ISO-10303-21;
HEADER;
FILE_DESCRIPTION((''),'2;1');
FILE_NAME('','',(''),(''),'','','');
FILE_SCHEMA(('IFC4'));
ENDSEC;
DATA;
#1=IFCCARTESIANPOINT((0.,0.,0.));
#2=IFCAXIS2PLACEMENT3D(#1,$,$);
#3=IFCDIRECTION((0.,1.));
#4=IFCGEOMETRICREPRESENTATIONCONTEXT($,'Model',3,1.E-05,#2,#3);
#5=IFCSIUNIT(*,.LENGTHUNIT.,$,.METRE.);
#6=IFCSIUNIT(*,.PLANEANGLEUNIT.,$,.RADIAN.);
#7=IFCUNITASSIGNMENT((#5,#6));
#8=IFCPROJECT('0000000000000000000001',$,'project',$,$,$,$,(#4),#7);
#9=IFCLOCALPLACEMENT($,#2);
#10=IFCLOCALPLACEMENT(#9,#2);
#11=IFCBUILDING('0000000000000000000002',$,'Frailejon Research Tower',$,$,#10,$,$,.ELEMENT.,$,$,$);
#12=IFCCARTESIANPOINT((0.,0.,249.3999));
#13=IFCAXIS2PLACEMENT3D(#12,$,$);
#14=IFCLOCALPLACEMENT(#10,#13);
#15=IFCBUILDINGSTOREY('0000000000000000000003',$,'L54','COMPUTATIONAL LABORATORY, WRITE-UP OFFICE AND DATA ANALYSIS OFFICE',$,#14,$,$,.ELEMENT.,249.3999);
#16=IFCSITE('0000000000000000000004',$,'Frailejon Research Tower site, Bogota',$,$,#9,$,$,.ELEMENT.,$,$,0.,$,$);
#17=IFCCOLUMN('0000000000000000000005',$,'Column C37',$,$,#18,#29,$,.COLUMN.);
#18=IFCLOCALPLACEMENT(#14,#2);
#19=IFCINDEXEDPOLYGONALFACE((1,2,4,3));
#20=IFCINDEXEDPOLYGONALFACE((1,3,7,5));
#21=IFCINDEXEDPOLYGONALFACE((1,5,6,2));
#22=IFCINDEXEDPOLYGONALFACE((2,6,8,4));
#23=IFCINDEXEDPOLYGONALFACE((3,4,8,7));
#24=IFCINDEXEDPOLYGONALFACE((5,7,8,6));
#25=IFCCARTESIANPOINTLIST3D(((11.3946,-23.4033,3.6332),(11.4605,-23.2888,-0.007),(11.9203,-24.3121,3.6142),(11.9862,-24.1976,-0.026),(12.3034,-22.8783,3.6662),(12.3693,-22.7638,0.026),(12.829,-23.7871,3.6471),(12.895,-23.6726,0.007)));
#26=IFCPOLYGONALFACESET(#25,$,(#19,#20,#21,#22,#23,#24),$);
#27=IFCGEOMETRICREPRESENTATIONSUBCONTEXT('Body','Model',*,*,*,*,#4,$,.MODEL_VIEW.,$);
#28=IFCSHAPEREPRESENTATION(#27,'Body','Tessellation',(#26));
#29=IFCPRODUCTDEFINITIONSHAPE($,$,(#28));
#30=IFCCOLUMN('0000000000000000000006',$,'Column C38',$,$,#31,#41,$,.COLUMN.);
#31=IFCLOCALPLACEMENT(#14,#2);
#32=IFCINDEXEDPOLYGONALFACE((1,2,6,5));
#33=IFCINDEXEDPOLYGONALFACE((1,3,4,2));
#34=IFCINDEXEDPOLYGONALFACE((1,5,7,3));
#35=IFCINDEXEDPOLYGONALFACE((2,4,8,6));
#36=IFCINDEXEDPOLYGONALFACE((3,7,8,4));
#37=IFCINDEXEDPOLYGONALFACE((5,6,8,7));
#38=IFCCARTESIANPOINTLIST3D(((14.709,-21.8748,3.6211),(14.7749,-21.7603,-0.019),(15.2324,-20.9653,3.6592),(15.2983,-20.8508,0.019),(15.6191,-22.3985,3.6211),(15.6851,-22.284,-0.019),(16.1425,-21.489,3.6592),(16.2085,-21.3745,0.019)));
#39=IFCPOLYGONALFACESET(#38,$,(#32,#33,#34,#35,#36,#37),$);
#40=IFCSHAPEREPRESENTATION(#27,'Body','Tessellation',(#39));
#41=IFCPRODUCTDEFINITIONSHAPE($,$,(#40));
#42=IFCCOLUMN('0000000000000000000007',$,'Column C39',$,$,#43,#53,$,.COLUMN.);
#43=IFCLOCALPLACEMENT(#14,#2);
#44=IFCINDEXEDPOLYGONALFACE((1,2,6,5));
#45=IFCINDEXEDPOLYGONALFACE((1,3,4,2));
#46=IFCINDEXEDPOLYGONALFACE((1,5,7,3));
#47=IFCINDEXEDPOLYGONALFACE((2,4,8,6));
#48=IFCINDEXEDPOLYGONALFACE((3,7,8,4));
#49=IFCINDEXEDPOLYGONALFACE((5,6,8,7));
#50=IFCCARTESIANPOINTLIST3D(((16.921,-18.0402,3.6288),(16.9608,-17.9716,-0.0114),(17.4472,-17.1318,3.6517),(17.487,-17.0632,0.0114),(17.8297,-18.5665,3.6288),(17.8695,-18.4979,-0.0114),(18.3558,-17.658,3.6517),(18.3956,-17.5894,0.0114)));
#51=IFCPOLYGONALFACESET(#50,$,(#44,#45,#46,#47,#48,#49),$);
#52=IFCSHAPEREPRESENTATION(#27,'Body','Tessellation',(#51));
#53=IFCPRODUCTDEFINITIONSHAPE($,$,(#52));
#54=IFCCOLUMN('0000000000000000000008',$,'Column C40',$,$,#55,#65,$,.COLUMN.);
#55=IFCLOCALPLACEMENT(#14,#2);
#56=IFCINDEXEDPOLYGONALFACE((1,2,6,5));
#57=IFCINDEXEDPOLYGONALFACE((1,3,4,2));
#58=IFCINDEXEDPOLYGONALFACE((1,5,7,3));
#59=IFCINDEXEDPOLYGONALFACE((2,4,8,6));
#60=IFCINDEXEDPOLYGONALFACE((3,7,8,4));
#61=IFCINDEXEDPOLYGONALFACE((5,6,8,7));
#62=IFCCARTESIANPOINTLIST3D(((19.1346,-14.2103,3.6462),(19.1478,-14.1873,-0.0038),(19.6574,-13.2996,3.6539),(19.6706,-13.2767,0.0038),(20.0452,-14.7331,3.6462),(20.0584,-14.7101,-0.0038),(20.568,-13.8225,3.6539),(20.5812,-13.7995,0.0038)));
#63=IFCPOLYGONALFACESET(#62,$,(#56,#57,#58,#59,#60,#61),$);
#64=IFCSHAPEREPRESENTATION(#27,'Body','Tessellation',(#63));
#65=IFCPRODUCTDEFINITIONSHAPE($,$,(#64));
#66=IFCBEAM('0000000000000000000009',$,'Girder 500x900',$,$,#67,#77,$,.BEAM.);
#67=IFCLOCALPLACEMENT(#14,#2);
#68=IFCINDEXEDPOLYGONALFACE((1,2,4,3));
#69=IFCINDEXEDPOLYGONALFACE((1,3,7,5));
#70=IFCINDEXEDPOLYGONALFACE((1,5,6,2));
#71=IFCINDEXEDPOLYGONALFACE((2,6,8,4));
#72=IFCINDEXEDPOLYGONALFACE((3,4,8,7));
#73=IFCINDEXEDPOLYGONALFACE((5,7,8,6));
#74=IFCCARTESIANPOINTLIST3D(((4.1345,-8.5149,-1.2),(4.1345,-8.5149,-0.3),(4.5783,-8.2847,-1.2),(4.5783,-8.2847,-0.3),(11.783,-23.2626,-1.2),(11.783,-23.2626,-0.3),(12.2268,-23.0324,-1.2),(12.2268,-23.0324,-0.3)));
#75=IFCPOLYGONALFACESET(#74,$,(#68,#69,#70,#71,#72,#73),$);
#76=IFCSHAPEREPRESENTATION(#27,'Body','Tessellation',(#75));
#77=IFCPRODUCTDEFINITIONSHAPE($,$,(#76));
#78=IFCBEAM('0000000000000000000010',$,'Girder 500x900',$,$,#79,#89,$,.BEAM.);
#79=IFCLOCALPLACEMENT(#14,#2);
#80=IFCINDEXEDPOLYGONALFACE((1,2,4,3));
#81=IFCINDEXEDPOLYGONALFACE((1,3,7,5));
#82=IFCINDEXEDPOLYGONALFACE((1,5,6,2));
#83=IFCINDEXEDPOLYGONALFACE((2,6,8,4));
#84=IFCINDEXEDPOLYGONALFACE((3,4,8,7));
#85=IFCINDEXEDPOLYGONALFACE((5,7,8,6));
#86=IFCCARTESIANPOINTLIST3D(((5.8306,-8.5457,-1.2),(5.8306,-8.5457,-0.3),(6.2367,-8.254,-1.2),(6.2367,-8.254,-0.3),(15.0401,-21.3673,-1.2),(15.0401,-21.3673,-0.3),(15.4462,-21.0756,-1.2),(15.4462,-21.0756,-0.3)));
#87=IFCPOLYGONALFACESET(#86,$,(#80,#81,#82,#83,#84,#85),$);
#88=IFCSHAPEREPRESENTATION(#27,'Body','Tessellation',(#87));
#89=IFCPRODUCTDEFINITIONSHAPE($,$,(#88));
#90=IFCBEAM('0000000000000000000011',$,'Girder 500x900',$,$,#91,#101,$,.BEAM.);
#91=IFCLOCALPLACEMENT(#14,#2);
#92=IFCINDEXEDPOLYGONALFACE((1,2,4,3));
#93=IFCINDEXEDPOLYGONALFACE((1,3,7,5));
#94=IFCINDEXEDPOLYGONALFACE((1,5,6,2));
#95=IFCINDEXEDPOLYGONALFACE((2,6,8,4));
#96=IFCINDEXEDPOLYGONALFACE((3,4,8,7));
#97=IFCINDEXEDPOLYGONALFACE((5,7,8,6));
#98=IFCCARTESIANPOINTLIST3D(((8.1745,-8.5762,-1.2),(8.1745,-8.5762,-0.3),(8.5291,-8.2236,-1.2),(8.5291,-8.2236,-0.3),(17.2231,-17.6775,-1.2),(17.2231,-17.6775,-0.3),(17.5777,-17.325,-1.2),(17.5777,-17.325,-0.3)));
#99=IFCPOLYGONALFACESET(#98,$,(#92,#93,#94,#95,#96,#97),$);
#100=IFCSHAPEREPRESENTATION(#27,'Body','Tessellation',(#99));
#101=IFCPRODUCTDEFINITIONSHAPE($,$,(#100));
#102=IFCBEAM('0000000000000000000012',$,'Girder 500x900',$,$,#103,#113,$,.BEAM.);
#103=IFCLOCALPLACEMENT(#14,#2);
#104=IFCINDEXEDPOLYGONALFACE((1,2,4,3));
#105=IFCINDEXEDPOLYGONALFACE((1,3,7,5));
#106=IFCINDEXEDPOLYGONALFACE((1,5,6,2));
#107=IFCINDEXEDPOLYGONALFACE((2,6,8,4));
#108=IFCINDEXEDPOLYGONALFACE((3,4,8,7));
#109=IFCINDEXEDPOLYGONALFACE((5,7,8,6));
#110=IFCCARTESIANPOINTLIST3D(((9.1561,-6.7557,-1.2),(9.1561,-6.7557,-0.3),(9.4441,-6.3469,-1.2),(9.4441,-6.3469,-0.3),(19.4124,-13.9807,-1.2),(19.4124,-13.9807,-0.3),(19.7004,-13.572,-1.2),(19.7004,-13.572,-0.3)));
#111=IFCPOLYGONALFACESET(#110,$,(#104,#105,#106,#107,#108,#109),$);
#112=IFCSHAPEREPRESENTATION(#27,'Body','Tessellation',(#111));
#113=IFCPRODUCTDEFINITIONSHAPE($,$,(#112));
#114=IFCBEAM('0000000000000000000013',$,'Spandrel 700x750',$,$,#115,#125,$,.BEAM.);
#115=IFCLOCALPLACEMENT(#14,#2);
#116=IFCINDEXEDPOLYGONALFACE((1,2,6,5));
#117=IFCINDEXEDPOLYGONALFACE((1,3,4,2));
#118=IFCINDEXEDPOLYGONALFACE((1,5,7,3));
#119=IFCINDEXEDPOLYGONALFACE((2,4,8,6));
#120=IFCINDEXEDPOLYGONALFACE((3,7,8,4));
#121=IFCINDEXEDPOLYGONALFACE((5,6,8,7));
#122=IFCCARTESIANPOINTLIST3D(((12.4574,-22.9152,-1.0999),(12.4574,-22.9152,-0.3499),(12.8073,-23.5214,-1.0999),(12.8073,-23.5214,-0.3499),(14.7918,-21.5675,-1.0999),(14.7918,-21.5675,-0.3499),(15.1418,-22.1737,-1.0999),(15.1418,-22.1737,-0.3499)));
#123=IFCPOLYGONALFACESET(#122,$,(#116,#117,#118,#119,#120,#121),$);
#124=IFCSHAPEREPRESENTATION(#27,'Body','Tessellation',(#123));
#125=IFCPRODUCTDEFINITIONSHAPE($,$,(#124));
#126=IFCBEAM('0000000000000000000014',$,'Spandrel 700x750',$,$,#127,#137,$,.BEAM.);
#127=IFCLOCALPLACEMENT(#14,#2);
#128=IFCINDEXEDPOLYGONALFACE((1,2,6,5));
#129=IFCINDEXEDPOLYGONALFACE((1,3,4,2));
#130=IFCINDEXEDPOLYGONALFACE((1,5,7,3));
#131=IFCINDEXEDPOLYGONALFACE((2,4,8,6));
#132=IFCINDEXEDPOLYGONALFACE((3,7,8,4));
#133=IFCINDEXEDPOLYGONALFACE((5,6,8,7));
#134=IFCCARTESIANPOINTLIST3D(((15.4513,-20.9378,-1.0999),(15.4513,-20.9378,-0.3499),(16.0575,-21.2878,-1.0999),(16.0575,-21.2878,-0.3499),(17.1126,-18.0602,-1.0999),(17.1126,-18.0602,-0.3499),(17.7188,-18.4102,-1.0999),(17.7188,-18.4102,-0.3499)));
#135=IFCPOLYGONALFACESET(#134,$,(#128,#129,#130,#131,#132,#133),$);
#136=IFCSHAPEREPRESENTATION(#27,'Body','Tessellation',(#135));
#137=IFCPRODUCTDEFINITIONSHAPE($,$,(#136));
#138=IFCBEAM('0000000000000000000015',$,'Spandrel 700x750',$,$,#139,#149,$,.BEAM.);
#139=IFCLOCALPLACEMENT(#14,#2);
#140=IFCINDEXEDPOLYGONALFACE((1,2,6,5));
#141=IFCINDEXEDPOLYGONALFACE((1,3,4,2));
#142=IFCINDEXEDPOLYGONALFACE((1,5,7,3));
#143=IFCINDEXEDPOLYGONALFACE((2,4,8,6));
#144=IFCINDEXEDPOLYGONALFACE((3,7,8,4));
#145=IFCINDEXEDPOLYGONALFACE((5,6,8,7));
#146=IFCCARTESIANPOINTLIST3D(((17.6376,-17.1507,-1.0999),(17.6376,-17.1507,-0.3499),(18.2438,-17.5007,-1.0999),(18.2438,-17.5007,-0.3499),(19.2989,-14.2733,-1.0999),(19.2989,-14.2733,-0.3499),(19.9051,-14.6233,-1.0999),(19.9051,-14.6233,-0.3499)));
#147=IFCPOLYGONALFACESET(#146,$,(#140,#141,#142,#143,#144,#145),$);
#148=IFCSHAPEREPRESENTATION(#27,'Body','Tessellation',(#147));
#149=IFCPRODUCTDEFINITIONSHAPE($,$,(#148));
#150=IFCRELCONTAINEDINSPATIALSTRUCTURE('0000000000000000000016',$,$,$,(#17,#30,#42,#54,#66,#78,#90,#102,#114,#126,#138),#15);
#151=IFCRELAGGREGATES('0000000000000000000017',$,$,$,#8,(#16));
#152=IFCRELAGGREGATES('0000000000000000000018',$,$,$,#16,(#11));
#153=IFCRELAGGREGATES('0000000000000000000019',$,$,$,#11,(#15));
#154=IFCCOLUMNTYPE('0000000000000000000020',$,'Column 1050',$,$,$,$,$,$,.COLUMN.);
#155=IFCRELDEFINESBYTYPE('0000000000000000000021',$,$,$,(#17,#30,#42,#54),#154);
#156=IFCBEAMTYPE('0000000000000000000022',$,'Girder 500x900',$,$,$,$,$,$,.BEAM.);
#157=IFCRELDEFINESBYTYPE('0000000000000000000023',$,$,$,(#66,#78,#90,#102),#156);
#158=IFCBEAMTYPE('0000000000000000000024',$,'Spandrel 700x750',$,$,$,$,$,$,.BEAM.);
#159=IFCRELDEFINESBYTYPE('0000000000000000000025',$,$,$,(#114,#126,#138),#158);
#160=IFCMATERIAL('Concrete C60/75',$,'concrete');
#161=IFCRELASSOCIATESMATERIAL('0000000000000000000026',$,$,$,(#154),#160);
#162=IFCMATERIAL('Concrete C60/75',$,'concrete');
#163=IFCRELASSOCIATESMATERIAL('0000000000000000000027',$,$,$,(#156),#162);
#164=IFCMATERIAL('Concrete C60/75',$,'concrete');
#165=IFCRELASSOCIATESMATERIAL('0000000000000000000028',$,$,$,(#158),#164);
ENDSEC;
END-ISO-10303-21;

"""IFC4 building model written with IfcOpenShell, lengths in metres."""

from ifc_helpers import new_model, si_unit, direction, frame, origin, origin_2d, place, context, subcontext, project, spatial, rectangle, extrude, material, material_profile, profile_set, type_object, element, save


model = new_model("IFC4")

# Units and contexts
model_context = context("Model", 3, precision=1e-05, world=origin(), true_north=direction((0.0, 1.0)))
body_context = subcontext(model_context, "Body", "Model", "MODEL_VIEW")
ifc_project = project(units=[si_unit("LENGTHUNIT", "METRE"), si_unit("PLANEANGLEUNIT", "RADIAN")], contexts=[model_context])

# Site, building, storey
site_placement = place(None, origin())
site = spatial("IfcSite", under=ifc_project, at=site_placement, Name="Frailejon Research Tower site, Bogota", CompositionType="ELEMENT", RefElevation=0.0)
building_placement = place(site_placement, origin())
building = spatial("IfcBuilding", under=site, at=building_placement, Name="Frailejon Research Tower", CompositionType="ELEMENT")
storey_placement = place(building_placement, frame((0.0, 0.0, 249.3999)))
storey = spatial("IfcBuildingStorey", under=building, at=storey_placement, Name="L54", Description="COMPUTATIONAL LABORATORY, WRITE-UP OFFICE AND DATA ANALYSIS OFFICE", CompositionType="ELEMENT", Elevation=249.3999)

# Columns
ifc_material_1 = material(Name="Concrete C60/75", Category="concrete")
ifc_material_profile_1 = material_profile(ifc_material_1, rectangle(XDim=1.05, YDim=1.05, at=origin_2d()), Name="Column 1050")
ifc_profile_set_1 = profile_set([ifc_material_profile_1], Name="Concrete C60/75")
column_type = type_object("IfcColumnType", Name="Column 1050", PredefinedType="COLUMN", material=ifc_profile_set_1)
for number, where, z_axis, x_axis, name in (
    (1, (12.1777, -23.4807, 0.0), (-0.018097, -0.031435, 0.999342), (0.86548, 0.499959, 0.031399), "Column C37"),
    (2, (15.4917, -21.5674, 0.0), (-0.018097, -0.031435, 0.999342), (0.498453, 0.866157, 0.036272), "Column C38"),
):
    element("IfcColumn", number, at=place(storey_placement, frame(where, z_axis=z_axis, x_axis=x_axis)), inside=storey, type_object=column_type, Name=name, PredefinedType="COLUMN", context=body_context, shape_type="SweptSolid", body=[
        extrude(rectangle(XDim=1.05, YDim=1.05, at=origin_2d()), origin(), (0.0, 0.0, 1.0), 3.6426),
    ])
column_1_placement = place(storey_placement, frame((17.6782, -17.7805, 0.0), z_axis=(-0.01093, -0.018842, 0.999763), x_axis=(0.501062, 0.865137, 0.021782)))
element("IfcColumn", 3, at=column_1_placement, inside=storey, type_object=column_type, Name="Column C39", PredefinedType="COLUMN", context=body_context, shape_type="SweptSolid", body=[
    extrude(rectangle(XDim=1.05, YDim=1.05, at=origin_2d()), origin(), (0.0, 0.0, 1.0), 3.6411),
])
column_2_placement = place(storey_placement, frame((19.8645, -13.9934, 0.0), z_axis=(-0.003612, -0.006287, 0.999974), x_axis=(0.49789, 0.86721, 0.007251)))
element("IfcColumn", 4, at=column_2_placement, inside=storey, type_object=column_type, Name="Column C40", PredefinedType="COLUMN", context=body_context, shape_type="SweptSolid", body=[
    extrude(rectangle(XDim=1.05, YDim=1.05, at=origin_2d()), origin(), (0.0, 0.0, 1.0), 3.6501),
])

# Beams
ifc_material_2 = material(Name="Concrete C60/75", Category="concrete")
ifc_material_profile_2 = material_profile(ifc_material_2, rectangle(XDim=0.5, YDim=0.8999, at=origin_2d()), Name="Girder 500x900")
ifc_profile_set_2 = profile_set([ifc_material_profile_2], Name="Concrete C60/75")
beam_type_1 = type_object("IfcBeamType", Name="Girder 500x900", PredefinedType="BEAM", material=ifc_profile_set_2)
beam_1_placement = place(storey_placement, frame((12.0049, -23.1475, -0.75), z_axis=(-0.460391, 0.887716, 0.0), x_axis=(-0.887716, -0.460391, 0.0)))
element("IfcBeam", 5, at=beam_1_placement, inside=storey, type_object=beam_type_1, Name="Girder 500x900", PredefinedType="BEAM", context=body_context, shape_type="SweptSolid", body=[
    extrude(rectangle(XDim=0.5, YDim=0.8999, at=origin_2d()), origin(), (0.0, 0.0, 1.0), 16.613),
])
beam_2_placement = place(storey_placement, frame((15.2432, -21.2214, -0.75), z_axis=(-0.583385, 0.812196, 0.0), x_axis=(-0.812196, -0.583385, 0.0)))
element("IfcBeam", 6, at=beam_2_placement, inside=storey, type_object=beam_type_1, Name="Girder 500x900", PredefinedType="BEAM", context=body_context, shape_type="SweptSolid", body=[
    extrude(rectangle(XDim=0.5, YDim=0.8999, at=origin_2d()), origin(), (0.0, 0.0, 1.0), 15.7864),
])
beam_3_placement = place(storey_placement, frame((17.4004, -17.5012, -0.75), z_axis=(-0.705049, 0.709158, 0.0), x_axis=(-0.709158, -0.705049, 0.0)))
element("IfcBeam", 7, at=beam_3_placement, inside=storey, type_object=beam_type_1, Name="Girder 500x900", PredefinedType="BEAM", context=body_context, shape_type="SweptSolid", body=[
    extrude(rectangle(XDim=0.5, YDim=0.8999, at=origin_2d()), origin(), (0.0, 0.0, 1.0), 12.834),
])
beam_4_placement = place(storey_placement, frame((19.5564, -13.7764, -0.75), z_axis=(-0.817519, 0.575902, 0.0), x_axis=(-0.575902, -0.817519, 0.0)))
element("IfcBeam", 8, at=beam_4_placement, inside=storey, type_object=beam_type_1, Name="Girder 500x900", PredefinedType="BEAM", context=body_context, shape_type="SweptSolid", body=[
    extrude(rectangle(XDim=0.5, YDim=0.8999, at=origin_2d()), origin(), (0.0, 0.0, 1.0), 12.5457),
])
ifc_material_3 = material(Name="Concrete C60/75", Category="concrete")
ifc_material_profile_3 = material_profile(ifc_material_3, rectangle(XDim=0.7, YDim=0.75, at=origin_2d()), Name="Spandrel 700x750")
ifc_profile_set_3 = profile_set([ifc_material_profile_3], Name="Concrete C60/75")
beam_type_2 = type_object("IfcBeamType", Name="Spandrel 700x750", PredefinedType="BEAM", material=ifc_profile_set_3)
beam_5_placement = place(storey_placement, frame((12.6323, -23.2183, -0.7249), z_axis=(0.86605, 0.499958, 0.0), x_axis=(-0.499958, 0.86605, 0.0)))
element("IfcBeam", 9, at=beam_5_placement, inside=storey, type_object=beam_type_2, Name="Spandrel 700x750", PredefinedType="BEAM", context=body_context, shape_type="SweptSolid", body=[
    extrude(rectangle(XDim=0.7, YDim=0.75, at=origin_2d()), origin(), (0.0, 0.0, 1.0), 2.6956),
])
beam_6_placement = place(storey_placement, frame((15.7544, -21.1128, -0.7249), z_axis=(0.499987, 0.866033, 0.0), x_axis=(-0.866033, 0.499987, 0.0)))
element("IfcBeam", 10, at=beam_6_placement, inside=storey, type_object=beam_type_2, Name="Spandrel 700x750", PredefinedType="BEAM", context=body_context, shape_type="SweptSolid", body=[
    extrude(rectangle(XDim=0.7, YDim=0.75, at=origin_2d()), origin(), (0.0, 0.0, 1.0), 3.3228),
])
beam_7_placement = place(storey_placement, frame((17.9407, -17.3257, -0.7249), z_axis=(0.500019, 0.866014, 0.0), x_axis=(-0.866014, 0.500019, 0.0)))
element("IfcBeam", 11, at=beam_7_placement, inside=storey, type_object=beam_type_2, Name="Spandrel 700x750", PredefinedType="BEAM", context=body_context, shape_type="SweptSolid", body=[
    extrude(rectangle(XDim=0.7, YDim=0.75, at=origin_2d()), origin(), (0.0, 0.0, 1.0), 3.3225),
])

save(model, "model.ifc")
